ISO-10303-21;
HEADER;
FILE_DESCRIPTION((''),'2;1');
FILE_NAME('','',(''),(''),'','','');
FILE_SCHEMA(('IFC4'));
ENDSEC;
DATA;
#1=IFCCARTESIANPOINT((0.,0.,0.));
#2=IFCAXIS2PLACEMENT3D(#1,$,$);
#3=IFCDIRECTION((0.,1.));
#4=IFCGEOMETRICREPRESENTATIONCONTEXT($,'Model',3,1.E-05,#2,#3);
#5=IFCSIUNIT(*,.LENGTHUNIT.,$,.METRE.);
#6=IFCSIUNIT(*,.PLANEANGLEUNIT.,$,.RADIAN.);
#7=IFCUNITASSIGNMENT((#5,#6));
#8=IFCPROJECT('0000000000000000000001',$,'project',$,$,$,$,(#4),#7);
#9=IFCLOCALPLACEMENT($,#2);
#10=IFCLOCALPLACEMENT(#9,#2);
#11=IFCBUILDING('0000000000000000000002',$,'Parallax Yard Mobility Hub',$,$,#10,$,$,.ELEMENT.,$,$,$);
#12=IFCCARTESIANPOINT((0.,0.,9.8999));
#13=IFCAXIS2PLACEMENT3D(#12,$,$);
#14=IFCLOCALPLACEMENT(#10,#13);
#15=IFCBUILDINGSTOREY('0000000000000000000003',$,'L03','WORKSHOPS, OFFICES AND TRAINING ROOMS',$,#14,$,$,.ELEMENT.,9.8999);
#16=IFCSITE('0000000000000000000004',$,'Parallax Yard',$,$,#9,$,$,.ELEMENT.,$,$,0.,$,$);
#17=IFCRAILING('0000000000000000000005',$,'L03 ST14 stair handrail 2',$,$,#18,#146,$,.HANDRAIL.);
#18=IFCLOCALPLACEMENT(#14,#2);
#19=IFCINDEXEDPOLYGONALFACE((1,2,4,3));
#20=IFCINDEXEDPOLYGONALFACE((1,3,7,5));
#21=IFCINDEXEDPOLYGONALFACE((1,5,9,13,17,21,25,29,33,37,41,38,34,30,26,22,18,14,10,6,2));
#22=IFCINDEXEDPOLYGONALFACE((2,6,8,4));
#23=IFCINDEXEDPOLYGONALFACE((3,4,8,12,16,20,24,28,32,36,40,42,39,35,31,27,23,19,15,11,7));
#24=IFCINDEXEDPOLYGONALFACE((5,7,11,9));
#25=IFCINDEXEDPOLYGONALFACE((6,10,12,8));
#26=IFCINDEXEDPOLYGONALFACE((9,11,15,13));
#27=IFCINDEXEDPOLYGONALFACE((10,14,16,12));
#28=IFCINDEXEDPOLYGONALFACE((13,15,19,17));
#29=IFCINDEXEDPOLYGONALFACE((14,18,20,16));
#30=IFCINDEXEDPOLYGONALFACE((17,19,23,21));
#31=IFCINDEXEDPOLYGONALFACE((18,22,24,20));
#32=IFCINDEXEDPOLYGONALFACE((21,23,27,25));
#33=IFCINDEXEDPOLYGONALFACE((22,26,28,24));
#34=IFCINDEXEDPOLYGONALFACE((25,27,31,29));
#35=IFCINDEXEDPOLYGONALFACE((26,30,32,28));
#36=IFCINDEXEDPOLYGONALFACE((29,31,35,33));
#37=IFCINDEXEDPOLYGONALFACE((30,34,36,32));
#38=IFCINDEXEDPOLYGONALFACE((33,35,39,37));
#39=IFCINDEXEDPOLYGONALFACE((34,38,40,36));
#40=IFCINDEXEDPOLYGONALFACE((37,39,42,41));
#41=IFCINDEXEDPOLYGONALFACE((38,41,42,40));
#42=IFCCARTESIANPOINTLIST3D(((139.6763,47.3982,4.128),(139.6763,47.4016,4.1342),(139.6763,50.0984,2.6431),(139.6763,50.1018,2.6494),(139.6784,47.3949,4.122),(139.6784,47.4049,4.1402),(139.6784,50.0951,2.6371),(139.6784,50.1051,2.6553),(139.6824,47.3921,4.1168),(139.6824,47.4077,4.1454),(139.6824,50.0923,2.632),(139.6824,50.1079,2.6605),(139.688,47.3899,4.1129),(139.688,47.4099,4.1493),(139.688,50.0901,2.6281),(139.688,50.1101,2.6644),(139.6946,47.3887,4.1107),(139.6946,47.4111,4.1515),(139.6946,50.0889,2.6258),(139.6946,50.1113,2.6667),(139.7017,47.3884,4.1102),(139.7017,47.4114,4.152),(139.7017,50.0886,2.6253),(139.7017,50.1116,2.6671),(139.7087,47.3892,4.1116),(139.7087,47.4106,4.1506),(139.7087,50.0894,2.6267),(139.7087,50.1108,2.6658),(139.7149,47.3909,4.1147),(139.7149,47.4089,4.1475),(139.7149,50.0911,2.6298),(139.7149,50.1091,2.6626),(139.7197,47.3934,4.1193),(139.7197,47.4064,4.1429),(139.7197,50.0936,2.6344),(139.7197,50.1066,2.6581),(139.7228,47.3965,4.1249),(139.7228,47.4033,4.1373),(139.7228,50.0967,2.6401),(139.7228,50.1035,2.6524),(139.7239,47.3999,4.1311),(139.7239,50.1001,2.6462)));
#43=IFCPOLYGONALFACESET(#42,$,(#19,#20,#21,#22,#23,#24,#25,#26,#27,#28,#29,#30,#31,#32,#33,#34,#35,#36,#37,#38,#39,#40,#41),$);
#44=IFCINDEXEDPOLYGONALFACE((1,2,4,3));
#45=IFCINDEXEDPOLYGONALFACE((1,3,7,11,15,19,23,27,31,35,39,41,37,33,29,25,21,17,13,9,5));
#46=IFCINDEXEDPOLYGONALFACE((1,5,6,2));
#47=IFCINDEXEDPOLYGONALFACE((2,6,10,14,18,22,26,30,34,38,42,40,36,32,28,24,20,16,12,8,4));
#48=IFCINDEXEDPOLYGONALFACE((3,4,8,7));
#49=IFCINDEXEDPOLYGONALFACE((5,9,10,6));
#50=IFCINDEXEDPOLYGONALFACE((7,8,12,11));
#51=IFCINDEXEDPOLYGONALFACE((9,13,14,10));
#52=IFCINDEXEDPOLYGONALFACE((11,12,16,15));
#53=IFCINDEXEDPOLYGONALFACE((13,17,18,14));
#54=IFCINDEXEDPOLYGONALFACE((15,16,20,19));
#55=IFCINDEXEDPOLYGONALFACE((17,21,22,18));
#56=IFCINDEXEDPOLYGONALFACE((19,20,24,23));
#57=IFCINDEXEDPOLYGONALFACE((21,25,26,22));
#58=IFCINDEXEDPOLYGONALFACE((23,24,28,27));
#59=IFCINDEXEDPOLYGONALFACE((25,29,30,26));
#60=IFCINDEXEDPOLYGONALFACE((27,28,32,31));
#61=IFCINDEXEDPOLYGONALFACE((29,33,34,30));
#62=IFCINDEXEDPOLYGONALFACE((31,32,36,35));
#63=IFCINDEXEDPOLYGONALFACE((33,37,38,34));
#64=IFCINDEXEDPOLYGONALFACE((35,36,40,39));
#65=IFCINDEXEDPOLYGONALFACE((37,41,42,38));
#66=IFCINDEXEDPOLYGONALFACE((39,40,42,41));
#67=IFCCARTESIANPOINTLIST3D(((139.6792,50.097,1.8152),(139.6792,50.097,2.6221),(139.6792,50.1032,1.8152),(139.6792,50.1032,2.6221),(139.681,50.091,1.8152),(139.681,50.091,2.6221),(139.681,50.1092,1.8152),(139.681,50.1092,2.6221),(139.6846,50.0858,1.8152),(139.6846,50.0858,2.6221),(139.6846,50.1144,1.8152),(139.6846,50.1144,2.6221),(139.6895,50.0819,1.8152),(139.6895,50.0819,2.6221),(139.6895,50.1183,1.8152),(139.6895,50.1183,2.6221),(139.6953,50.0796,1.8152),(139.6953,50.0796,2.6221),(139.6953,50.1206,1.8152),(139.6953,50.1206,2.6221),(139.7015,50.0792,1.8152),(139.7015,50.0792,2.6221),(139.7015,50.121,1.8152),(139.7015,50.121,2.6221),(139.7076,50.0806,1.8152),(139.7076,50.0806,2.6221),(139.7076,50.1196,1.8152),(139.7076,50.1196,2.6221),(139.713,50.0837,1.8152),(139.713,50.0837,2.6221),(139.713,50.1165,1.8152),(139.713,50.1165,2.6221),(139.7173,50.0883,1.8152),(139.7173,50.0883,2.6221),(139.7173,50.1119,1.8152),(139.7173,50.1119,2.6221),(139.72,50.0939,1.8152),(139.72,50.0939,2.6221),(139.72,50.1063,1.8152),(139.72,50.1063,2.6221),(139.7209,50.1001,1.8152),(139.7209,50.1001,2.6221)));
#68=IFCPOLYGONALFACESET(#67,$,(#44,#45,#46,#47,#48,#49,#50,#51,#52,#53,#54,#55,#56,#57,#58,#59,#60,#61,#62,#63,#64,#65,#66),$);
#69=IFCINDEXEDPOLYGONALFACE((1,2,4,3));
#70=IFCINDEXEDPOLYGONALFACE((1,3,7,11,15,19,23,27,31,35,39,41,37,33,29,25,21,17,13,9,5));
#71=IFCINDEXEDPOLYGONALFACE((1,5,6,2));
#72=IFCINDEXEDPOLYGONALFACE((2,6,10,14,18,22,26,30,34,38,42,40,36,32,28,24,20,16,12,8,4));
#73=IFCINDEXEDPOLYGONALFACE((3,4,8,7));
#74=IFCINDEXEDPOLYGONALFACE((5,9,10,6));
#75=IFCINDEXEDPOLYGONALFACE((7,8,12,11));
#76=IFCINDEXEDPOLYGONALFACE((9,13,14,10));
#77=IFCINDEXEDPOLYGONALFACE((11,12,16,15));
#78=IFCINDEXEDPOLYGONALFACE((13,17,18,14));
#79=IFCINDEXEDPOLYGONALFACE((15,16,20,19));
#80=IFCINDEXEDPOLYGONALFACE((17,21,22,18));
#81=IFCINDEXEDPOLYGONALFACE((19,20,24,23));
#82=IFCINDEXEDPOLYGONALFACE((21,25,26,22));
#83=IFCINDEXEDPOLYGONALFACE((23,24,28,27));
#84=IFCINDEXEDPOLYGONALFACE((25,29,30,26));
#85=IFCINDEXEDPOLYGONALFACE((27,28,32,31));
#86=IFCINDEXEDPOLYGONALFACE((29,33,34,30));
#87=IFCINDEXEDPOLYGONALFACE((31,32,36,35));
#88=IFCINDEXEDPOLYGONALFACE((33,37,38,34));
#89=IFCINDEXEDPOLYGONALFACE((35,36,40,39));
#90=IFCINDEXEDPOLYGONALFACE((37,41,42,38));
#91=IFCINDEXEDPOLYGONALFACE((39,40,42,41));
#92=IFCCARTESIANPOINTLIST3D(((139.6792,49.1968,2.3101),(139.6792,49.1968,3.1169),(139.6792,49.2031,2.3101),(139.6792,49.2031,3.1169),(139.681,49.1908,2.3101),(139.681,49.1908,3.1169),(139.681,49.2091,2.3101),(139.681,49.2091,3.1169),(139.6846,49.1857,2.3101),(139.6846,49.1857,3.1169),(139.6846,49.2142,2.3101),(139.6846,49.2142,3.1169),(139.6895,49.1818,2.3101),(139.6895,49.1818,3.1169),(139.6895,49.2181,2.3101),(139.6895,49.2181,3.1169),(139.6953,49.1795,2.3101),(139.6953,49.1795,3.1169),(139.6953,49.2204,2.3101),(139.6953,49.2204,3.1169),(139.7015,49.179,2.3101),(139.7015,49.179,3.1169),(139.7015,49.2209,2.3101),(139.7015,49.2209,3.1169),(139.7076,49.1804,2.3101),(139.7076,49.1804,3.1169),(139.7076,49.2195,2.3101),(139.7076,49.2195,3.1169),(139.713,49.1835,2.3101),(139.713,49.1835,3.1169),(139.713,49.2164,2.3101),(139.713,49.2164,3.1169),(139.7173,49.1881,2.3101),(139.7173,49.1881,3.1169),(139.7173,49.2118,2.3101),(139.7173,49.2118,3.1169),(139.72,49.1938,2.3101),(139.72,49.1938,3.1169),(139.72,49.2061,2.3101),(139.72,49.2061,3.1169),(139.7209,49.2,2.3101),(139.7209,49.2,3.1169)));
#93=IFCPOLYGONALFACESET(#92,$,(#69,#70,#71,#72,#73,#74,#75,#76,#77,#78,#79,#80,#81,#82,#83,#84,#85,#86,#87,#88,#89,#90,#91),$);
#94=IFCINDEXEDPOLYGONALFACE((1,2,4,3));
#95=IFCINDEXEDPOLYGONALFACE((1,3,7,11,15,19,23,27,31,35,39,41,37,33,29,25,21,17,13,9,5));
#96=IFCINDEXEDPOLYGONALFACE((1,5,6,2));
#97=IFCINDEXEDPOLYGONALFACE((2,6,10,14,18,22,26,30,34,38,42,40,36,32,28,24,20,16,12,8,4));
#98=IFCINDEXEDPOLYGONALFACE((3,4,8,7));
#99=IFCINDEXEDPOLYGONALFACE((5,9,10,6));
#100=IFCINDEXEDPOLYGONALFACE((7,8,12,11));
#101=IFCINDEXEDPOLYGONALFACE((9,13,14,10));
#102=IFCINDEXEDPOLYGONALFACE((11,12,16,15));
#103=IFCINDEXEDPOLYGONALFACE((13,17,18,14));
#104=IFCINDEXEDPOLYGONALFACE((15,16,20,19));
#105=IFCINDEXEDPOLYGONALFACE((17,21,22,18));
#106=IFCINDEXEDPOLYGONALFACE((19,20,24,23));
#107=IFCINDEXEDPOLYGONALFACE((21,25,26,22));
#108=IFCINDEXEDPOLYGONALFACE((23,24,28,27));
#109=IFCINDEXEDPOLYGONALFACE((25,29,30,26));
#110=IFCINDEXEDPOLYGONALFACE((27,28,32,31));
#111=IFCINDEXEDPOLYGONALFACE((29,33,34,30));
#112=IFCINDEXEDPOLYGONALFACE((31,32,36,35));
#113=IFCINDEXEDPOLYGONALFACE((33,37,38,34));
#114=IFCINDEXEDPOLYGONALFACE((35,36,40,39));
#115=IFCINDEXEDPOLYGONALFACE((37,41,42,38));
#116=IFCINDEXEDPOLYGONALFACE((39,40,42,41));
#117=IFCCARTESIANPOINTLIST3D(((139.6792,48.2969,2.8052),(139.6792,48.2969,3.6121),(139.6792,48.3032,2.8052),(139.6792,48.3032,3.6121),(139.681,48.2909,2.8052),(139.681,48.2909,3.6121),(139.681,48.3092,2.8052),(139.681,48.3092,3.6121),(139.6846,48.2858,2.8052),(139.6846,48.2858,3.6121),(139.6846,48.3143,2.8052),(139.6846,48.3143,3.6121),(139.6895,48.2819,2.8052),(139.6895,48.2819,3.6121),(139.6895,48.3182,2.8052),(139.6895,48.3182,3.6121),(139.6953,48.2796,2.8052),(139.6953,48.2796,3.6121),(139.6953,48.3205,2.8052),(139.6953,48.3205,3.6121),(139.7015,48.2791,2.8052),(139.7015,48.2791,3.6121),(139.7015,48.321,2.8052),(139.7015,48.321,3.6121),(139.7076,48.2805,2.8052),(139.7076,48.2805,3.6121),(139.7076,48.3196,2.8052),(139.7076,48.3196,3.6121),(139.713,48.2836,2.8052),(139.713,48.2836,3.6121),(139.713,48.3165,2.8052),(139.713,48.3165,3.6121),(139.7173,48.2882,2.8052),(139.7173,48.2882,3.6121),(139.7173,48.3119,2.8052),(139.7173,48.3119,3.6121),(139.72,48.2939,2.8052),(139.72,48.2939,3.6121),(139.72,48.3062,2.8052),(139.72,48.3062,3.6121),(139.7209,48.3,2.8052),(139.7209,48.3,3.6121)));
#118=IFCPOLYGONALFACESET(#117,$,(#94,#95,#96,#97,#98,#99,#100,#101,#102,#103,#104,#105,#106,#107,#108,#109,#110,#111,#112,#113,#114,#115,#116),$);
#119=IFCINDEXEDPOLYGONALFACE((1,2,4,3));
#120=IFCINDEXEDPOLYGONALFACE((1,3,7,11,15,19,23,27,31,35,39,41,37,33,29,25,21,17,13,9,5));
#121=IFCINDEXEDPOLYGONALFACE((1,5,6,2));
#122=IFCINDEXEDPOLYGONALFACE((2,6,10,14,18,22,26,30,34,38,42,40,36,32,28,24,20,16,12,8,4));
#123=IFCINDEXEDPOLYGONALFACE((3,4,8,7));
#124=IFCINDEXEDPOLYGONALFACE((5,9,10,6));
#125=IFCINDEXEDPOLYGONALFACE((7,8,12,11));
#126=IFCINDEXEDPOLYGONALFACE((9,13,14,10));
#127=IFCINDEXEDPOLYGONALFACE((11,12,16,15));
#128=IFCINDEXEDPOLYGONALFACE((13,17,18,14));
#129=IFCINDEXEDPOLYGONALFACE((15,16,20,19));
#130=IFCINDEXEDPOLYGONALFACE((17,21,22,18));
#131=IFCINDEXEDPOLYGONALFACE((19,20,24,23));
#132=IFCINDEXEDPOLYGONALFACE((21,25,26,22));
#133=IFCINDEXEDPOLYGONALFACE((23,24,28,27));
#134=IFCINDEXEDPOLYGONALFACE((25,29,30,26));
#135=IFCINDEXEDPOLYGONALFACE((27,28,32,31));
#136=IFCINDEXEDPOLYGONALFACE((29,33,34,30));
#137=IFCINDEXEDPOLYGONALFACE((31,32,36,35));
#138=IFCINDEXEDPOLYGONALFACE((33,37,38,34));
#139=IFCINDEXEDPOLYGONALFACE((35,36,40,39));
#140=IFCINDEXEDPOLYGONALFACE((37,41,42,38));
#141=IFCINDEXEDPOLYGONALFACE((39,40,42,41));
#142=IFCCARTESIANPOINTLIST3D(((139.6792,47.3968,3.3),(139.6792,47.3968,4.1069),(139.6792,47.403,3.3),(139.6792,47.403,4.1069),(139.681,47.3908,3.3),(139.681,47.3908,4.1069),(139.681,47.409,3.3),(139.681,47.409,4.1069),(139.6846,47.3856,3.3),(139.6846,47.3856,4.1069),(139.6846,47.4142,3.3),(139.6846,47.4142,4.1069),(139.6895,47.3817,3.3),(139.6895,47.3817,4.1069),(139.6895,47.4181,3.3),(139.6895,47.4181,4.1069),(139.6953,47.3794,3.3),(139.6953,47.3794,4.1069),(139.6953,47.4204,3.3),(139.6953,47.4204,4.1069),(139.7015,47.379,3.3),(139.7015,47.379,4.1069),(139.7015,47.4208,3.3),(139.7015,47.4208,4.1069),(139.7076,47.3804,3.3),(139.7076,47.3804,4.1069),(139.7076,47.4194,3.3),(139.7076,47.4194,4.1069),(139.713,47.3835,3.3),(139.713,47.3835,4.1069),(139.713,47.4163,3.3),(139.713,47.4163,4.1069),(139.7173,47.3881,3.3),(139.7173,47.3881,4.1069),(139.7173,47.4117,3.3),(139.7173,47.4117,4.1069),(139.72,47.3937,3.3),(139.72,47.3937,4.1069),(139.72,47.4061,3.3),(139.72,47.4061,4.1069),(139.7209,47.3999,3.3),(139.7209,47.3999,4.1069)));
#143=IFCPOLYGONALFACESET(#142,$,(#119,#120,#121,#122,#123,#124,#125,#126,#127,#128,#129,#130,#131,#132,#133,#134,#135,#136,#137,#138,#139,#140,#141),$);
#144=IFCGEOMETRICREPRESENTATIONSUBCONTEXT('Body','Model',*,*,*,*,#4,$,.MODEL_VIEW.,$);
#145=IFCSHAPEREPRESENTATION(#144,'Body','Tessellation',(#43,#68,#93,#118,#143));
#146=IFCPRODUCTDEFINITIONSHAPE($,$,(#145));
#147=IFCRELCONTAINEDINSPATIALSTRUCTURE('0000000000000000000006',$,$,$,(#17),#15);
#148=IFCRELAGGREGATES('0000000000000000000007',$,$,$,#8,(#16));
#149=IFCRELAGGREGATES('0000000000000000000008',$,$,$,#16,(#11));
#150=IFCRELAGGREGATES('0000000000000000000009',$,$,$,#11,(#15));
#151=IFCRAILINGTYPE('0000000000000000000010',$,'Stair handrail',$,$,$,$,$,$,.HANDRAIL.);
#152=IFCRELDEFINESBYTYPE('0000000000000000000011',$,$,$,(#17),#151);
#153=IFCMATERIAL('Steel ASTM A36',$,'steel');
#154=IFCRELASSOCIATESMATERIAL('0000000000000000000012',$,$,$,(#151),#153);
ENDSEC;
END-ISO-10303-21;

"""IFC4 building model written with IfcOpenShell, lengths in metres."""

from ifc_helpers import new_model, si_unit, direction, frame, origin, origin_2d, place, context, subcontext, project, spatial, circle, extrude, material, type_object, element, save


model = new_model("IFC4")

# Units and contexts
model_context = context("Model", 3, precision=1e-05, world=origin(), true_north=direction((0.0, 1.0)))
body_context = subcontext(model_context, "Body", "Model", "MODEL_VIEW")
ifc_project = project(units=[si_unit("LENGTHUNIT", "METRE"), si_unit("PLANEANGLEUNIT", "RADIAN")], contexts=[model_context])

# Site, building, storey
site_placement = place(None, origin())
site = spatial("IfcSite", under=ifc_project, at=site_placement, Name="Parallax Yard", CompositionType="ELEMENT", RefElevation=0.0)
building_placement = place(site_placement, origin())
building = spatial("IfcBuilding", under=site, at=building_placement, Name="Parallax Yard Mobility Hub", CompositionType="ELEMENT")
storey_placement = place(building_placement, frame((0.0, 0.0, 9.8999)))
storey = spatial("IfcBuildingStorey", under=building, at=storey_placement, Name="L03", Description="WORKSHOPS, OFFICES AND TRAINING ROOMS", CompositionType="ELEMENT", Elevation=9.8999)

# Railing
ifc_material_1 = material(Name="Steel ASTM A36", Category="steel")
railing_type_1 = type_object("IfcRailingType", Name="Stair handrail", PredefinedType="HANDRAIL", material=ifc_material_1)
railing_1_placement = place(storey_placement, frame((139.7, 50.1001, 1.8152)))
element("IfcRailing", 1, at=railing_1_placement, inside=storey, type_object=railing_type_1, Name="L03 ST14 stair handrail 2", PredefinedType="HANDRAIL", context=body_context, shape_type="SweptSolid", body=[
    extrude(circle(Radius=0.0239, at=origin_2d()), frame((0.0, 0.0, 0.8311), z_axis=(0.0, -0.876249, 0.481858), x_axis=(1.0, 0.0, 0.0)), (0.0, 0.0, 1.0), 3.0815),
    extrude(circle(Radius=0.021, at=origin_2d()), origin(), (0.0, 0.0, 1.0), 0.8069),
    extrude(circle(Radius=0.021, at=origin_2d()), frame((0.0, -0.9001, 0.4949)), (0.0, 0.0, 1.0), 0.8069),
    extrude(circle(Radius=0.021, at=origin_2d()), frame((0.0, -1.8, 0.99)), (0.0, 0.0, 1.0), 0.8069),
    extrude(circle(Radius=0.021, at=origin_2d()), frame((0.0, -2.7002, 1.4849)), (0.0, 0.0, 1.0), 0.8069),
])

save(model, "model.ifc")
